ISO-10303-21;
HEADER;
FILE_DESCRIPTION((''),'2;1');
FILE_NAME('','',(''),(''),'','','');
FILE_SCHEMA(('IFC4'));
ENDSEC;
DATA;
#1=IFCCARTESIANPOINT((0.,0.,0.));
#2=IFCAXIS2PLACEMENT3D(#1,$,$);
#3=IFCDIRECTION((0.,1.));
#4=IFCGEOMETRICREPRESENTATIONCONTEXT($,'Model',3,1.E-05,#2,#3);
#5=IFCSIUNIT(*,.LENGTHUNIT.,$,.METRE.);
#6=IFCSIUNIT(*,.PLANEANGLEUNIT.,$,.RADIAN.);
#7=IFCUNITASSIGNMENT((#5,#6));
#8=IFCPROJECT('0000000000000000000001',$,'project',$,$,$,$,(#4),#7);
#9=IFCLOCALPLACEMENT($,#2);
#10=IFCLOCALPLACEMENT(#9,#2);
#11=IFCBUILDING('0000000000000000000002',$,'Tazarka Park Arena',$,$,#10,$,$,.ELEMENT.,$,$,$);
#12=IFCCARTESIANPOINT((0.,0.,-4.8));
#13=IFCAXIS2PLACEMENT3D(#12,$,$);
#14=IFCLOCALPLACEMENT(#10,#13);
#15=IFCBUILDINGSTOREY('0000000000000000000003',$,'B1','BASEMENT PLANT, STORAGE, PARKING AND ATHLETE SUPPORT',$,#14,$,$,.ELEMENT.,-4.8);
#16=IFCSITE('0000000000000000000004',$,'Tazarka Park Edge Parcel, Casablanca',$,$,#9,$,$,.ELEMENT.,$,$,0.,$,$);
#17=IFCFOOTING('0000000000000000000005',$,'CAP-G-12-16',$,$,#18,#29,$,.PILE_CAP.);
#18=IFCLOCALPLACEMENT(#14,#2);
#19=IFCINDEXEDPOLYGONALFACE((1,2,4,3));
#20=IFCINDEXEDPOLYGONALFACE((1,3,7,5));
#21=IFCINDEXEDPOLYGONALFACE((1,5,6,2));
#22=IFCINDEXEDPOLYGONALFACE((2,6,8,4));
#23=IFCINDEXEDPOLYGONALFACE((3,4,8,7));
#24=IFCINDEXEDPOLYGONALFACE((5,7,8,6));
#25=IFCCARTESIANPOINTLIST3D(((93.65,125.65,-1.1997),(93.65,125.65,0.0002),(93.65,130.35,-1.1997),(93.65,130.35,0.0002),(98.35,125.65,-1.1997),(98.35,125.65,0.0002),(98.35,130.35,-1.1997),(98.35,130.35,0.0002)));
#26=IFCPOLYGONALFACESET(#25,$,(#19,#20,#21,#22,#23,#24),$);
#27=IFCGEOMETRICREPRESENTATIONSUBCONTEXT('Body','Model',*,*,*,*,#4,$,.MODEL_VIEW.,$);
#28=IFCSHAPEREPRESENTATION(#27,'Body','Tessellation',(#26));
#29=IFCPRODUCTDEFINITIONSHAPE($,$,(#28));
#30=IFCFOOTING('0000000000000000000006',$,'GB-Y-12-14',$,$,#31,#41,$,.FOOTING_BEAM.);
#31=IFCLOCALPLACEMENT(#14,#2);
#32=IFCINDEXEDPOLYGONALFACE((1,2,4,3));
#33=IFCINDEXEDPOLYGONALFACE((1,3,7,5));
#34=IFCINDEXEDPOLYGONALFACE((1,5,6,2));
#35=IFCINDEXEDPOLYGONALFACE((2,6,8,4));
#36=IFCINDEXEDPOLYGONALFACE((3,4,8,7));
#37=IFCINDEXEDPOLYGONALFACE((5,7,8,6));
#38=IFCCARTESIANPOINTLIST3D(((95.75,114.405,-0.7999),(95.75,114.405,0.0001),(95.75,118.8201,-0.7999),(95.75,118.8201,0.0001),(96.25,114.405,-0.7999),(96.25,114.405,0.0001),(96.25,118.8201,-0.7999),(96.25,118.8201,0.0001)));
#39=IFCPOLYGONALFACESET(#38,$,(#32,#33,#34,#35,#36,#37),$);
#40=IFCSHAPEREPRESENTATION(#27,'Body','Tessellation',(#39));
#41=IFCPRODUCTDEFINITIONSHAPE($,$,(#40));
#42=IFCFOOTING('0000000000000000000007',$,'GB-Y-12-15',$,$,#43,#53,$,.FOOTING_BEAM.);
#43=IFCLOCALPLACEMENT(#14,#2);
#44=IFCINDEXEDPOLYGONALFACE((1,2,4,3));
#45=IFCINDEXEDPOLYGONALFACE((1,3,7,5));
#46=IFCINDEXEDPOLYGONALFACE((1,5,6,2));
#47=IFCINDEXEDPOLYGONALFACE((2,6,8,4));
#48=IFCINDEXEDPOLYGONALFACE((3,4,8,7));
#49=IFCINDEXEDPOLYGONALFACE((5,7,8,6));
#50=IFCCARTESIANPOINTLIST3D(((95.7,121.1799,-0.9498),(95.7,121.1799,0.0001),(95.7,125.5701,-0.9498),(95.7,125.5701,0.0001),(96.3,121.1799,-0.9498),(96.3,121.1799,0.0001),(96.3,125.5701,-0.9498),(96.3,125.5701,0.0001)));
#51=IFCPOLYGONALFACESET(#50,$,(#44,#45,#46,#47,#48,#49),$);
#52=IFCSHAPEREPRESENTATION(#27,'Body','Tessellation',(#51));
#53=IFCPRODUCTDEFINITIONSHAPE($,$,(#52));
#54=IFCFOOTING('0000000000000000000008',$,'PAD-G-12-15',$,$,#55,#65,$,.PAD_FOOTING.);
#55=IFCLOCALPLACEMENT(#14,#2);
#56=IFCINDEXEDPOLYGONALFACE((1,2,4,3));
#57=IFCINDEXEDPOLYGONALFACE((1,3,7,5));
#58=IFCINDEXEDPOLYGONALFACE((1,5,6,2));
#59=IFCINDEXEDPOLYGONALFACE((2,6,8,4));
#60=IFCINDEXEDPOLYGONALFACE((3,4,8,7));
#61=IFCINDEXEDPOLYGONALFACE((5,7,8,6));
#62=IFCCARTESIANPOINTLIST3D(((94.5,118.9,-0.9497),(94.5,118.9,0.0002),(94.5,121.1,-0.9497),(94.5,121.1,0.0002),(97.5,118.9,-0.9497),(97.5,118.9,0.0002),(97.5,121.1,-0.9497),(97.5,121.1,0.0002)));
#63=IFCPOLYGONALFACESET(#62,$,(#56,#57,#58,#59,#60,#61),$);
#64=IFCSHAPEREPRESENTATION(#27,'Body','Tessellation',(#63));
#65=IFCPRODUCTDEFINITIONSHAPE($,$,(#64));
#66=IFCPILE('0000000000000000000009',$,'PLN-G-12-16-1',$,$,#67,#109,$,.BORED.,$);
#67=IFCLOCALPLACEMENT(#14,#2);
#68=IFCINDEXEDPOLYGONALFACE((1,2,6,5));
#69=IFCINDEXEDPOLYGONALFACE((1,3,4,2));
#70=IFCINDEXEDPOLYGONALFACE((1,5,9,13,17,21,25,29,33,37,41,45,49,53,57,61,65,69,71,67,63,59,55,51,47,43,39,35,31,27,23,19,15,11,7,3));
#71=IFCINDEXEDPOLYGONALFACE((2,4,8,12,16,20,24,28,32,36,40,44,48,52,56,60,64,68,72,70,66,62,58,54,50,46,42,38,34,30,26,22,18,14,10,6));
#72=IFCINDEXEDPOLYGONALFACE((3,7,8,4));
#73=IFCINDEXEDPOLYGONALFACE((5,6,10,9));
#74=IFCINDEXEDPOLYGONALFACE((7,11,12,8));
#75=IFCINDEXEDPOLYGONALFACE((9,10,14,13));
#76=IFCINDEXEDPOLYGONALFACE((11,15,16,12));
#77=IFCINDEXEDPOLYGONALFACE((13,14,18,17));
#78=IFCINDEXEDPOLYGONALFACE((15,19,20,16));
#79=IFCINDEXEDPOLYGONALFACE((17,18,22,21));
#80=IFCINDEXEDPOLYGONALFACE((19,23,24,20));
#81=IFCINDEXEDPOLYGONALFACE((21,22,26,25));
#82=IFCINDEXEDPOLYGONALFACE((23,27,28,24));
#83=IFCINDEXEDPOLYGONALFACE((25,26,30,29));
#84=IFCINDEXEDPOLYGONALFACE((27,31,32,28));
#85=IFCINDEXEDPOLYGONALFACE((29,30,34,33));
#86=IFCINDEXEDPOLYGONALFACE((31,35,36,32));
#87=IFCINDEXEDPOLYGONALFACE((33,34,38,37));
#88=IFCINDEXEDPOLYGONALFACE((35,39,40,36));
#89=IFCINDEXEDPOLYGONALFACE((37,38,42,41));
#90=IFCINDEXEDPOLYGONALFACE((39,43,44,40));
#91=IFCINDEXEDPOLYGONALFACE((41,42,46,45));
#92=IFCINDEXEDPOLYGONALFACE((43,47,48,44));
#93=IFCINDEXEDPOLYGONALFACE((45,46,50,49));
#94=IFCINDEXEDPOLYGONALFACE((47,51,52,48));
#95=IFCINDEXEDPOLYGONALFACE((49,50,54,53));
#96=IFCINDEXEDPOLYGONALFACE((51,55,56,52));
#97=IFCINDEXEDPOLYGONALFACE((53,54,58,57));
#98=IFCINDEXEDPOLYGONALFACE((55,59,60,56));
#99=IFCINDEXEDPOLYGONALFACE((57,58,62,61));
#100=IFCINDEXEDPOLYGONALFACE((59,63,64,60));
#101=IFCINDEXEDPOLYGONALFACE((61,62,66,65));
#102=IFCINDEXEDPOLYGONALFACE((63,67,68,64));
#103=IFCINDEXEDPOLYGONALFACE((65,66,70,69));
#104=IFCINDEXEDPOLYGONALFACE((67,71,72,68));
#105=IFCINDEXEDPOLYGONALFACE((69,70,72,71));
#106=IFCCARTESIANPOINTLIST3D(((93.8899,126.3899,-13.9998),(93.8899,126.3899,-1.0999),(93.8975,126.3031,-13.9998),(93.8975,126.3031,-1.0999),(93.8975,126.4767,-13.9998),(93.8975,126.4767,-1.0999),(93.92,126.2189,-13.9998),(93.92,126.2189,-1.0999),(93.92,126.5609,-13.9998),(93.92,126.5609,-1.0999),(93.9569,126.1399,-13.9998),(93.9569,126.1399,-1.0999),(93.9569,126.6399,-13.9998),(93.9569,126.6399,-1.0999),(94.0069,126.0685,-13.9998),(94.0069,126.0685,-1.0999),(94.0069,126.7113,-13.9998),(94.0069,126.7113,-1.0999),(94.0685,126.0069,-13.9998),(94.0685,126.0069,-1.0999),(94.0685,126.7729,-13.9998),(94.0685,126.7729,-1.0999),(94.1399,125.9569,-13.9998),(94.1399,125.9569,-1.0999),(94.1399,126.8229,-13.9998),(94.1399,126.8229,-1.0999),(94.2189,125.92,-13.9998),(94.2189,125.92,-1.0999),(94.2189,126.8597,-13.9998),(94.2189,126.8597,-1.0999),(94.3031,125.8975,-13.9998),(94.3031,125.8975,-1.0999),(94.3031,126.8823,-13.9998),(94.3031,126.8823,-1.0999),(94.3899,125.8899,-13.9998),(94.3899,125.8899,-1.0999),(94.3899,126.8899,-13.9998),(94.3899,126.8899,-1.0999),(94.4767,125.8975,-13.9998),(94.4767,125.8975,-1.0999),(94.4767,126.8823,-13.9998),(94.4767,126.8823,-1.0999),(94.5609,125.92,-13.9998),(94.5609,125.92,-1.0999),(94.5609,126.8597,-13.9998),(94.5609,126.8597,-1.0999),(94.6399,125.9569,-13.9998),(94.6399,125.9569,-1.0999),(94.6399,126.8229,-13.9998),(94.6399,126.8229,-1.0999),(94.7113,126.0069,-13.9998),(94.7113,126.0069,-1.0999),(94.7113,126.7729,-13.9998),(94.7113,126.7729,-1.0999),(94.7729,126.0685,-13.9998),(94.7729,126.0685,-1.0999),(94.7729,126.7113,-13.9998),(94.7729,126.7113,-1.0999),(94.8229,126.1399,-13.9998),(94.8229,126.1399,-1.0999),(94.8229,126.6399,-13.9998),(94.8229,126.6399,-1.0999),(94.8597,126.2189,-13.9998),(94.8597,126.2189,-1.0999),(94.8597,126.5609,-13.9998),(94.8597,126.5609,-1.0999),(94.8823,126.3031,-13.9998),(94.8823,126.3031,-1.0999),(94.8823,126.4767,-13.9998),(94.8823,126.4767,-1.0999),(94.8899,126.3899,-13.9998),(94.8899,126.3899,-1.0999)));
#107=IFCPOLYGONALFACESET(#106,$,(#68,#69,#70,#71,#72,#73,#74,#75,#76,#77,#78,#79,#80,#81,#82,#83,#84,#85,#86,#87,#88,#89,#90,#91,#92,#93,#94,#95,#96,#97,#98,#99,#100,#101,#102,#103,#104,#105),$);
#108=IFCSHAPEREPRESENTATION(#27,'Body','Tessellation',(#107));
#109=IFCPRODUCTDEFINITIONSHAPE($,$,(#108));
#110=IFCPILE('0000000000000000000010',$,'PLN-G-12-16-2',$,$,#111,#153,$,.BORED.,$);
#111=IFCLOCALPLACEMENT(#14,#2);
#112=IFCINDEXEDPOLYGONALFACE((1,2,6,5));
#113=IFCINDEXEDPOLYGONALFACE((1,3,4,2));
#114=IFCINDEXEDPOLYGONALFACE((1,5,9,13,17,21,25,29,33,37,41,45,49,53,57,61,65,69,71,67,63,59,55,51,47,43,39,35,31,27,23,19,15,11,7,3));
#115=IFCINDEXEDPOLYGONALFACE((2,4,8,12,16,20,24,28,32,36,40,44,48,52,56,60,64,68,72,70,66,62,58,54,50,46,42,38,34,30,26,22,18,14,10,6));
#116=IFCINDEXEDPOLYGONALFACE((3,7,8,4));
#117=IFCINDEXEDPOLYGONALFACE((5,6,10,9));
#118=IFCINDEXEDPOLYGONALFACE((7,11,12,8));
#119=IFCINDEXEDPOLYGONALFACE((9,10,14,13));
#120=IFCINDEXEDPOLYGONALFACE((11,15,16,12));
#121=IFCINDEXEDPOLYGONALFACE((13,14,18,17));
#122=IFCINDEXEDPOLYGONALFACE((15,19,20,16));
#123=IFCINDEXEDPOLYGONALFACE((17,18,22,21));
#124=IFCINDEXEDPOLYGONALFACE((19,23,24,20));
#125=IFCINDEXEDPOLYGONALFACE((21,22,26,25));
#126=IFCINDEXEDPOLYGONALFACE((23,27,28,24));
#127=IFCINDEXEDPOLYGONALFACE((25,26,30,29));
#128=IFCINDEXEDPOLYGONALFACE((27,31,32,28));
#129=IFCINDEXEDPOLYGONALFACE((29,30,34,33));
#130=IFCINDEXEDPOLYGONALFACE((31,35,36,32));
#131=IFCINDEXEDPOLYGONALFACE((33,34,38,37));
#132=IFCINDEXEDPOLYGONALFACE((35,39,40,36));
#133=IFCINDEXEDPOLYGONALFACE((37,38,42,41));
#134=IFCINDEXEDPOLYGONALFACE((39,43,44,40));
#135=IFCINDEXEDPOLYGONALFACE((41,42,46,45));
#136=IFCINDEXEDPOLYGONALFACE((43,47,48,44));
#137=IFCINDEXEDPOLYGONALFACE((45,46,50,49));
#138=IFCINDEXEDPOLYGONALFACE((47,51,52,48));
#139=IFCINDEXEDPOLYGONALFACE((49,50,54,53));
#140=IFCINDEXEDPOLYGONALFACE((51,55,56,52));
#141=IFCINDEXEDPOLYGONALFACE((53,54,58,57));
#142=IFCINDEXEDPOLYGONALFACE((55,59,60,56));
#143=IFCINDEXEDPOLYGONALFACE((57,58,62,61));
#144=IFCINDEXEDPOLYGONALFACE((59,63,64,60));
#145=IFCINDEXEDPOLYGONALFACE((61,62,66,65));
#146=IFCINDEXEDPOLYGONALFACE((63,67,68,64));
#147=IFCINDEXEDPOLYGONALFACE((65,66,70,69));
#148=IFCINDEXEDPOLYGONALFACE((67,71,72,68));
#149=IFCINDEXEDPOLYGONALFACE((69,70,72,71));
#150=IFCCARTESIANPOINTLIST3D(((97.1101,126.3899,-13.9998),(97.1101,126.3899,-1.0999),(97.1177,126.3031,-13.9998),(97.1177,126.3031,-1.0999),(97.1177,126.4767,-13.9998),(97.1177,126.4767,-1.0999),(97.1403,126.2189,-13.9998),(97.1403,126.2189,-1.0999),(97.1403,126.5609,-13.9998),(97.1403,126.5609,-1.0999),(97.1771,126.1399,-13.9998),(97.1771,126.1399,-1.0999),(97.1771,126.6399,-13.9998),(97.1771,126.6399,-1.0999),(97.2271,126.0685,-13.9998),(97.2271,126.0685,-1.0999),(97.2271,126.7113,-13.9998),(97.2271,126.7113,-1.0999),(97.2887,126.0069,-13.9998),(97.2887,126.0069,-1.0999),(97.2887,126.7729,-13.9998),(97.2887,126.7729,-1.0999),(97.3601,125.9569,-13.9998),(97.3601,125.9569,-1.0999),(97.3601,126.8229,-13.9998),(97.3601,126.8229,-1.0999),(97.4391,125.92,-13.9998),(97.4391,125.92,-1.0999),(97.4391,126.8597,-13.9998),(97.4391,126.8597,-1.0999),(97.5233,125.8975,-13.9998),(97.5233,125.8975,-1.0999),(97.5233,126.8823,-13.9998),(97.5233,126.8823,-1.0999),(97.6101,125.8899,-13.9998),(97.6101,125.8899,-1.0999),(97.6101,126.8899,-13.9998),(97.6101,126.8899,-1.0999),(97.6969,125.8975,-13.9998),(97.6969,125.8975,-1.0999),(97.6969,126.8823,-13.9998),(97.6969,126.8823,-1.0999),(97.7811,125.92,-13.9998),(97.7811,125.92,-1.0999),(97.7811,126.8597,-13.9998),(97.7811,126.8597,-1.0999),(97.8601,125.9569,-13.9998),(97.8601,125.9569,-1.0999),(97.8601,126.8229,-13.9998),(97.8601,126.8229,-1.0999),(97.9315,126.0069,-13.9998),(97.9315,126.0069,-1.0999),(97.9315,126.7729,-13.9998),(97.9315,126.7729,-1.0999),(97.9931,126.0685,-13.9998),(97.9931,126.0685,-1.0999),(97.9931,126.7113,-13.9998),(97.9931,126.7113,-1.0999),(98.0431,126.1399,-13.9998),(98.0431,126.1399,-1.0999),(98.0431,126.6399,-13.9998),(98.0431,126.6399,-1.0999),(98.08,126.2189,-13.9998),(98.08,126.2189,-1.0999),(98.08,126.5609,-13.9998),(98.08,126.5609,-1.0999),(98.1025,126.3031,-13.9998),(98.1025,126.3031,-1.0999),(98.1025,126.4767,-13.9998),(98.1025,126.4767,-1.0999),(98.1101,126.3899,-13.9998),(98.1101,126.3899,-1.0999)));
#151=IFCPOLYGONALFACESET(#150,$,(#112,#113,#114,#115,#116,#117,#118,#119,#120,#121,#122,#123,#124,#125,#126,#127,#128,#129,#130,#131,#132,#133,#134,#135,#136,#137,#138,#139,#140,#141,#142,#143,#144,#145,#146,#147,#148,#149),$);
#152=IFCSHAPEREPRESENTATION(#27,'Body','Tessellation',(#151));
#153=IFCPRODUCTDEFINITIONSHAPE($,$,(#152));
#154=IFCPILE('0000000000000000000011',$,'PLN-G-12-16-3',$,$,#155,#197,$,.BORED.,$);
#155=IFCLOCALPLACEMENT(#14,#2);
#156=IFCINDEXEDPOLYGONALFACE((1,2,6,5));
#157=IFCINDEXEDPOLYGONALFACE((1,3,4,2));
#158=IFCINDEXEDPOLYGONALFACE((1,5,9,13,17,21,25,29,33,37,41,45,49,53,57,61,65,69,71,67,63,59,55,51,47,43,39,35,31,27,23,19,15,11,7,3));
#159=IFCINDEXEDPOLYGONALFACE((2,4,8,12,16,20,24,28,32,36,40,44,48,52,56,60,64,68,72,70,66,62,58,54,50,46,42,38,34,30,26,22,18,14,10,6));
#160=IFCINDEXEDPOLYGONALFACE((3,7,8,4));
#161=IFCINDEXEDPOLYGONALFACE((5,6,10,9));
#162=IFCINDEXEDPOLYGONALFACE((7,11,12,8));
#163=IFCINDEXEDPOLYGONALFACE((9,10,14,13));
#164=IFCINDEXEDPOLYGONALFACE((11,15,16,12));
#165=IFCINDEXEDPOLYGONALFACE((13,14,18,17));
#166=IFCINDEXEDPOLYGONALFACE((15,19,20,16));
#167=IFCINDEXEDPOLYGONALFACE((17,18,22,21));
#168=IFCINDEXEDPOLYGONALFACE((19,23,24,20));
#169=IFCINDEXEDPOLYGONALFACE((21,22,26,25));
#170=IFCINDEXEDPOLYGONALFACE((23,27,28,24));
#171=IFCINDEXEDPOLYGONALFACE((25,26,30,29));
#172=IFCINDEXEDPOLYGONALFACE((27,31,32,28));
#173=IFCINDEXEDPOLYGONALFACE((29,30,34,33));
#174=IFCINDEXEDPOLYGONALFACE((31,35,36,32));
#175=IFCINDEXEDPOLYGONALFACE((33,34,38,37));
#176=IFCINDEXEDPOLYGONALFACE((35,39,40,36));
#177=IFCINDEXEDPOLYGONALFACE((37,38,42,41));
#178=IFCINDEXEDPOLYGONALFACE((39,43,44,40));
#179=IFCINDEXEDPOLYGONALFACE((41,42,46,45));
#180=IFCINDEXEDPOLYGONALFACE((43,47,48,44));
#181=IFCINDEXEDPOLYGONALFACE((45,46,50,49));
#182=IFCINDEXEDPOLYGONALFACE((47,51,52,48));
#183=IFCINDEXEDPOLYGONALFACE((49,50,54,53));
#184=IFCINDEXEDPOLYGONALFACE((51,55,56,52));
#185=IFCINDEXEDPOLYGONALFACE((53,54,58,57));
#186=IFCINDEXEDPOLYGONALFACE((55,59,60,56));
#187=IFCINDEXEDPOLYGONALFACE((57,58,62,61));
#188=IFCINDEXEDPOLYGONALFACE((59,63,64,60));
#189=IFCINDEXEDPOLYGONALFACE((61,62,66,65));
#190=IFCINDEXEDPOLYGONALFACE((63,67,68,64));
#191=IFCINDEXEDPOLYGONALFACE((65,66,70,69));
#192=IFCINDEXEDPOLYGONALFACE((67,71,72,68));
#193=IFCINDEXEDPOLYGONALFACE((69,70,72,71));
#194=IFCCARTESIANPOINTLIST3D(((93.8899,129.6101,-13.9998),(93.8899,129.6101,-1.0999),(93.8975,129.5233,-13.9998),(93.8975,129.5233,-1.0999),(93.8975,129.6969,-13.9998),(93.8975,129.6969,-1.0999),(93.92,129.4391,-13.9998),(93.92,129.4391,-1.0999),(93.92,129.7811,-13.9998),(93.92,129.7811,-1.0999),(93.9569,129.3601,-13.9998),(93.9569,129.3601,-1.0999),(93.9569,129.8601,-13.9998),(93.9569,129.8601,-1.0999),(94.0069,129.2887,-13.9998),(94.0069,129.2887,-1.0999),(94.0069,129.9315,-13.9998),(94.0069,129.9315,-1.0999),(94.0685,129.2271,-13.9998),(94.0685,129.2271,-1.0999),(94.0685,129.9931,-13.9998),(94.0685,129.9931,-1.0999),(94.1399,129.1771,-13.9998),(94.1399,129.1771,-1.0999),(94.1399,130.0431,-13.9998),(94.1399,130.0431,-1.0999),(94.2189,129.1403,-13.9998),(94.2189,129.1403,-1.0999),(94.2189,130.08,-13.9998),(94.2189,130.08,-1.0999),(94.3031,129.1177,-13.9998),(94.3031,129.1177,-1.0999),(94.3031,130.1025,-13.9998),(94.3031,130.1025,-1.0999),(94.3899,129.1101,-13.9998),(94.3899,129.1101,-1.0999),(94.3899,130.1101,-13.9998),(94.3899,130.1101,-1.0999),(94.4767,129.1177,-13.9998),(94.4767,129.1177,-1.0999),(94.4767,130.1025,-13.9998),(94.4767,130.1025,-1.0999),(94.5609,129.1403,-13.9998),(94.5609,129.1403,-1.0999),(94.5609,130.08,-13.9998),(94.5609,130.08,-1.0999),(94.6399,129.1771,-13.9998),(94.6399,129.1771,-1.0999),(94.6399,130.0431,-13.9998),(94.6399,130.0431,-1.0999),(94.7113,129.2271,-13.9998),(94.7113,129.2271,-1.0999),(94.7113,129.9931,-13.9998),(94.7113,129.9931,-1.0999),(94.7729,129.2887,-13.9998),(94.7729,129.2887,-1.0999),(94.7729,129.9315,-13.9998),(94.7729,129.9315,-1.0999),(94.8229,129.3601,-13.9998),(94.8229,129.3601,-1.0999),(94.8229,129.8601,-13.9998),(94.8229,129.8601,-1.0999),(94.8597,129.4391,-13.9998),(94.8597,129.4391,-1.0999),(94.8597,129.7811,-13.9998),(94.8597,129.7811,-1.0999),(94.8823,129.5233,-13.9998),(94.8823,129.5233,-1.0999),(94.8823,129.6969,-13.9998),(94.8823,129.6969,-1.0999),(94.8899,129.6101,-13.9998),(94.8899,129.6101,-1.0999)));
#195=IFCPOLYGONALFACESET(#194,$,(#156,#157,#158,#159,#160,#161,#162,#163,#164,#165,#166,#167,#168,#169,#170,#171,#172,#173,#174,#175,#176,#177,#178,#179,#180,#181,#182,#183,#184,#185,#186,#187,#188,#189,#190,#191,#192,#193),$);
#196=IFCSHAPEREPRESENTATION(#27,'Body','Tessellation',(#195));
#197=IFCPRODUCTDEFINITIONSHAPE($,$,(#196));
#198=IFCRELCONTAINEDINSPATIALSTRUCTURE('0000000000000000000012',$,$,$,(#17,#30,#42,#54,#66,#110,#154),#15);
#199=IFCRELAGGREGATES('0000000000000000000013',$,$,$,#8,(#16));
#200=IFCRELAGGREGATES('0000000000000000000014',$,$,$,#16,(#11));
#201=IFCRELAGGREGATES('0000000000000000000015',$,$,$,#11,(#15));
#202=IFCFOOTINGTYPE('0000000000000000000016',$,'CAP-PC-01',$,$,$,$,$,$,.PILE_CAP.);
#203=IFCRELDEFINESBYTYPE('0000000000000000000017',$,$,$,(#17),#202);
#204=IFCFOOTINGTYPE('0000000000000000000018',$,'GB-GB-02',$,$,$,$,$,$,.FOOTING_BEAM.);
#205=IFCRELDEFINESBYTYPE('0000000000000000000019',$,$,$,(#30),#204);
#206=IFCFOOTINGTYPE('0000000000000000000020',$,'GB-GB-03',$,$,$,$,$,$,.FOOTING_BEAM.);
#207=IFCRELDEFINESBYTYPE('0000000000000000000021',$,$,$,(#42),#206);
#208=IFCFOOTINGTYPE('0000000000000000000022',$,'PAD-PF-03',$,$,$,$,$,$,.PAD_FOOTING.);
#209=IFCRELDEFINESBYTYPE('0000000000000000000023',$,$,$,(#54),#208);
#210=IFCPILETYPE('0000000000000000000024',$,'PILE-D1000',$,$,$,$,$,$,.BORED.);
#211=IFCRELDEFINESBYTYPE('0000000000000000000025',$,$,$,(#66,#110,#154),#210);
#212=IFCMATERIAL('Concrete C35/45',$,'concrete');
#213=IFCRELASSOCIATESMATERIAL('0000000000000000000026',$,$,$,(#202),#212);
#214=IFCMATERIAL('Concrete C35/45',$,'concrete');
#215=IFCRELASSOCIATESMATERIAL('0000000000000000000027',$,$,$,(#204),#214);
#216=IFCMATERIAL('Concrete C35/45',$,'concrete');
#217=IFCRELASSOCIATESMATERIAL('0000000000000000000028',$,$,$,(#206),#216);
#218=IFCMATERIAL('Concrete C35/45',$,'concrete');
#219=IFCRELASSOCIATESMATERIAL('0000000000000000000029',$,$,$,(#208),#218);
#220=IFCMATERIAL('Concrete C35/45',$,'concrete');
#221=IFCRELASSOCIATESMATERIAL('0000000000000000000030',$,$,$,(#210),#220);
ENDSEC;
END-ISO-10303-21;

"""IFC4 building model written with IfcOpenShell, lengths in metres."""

from ifc_helpers import new_model, si_unit, direction, frame, origin, origin_2d, place, context, subcontext, project, spatial, rectangle, circle, extrude, material, material_profile, profile_set, type_object, element, save


model = new_model("IFC4")

# Units and contexts
model_context = context("Model", 3, precision=1e-05, world=origin(), true_north=direction((0.0, 1.0)))
body_context = subcontext(model_context, "Body", "Model", "MODEL_VIEW")
ifc_project = project(units=[si_unit("LENGTHUNIT", "METRE"), si_unit("PLANEANGLEUNIT", "RADIAN")], contexts=[model_context])

# Site, building, storey
site_placement = place(None, origin())
site = spatial("IfcSite", under=ifc_project, at=site_placement, Name="Tazarka Park Edge Parcel, Casablanca", CompositionType="ELEMENT", RefElevation=0.0)
building_placement = place(site_placement, origin())
building = spatial("IfcBuilding", under=site, at=building_placement, Name="Tazarka Park Arena", CompositionType="ELEMENT")
storey_placement = place(building_placement, frame((0.0, 0.0, -4.8)))
storey = spatial("IfcBuildingStorey", under=building, at=storey_placement, Name="B1", Description="BASEMENT PLANT, STORAGE, PARKING AND ATHLETE SUPPORT", CompositionType="ELEMENT", Elevation=-4.8)

# Footings
ifc_material_1 = material(Name="Concrete C35/45", Category="concrete")
footing_type_1 = type_object("IfcFootingType", Name="CAP-PC-01", PredefinedType="PILE_CAP", material=ifc_material_1)
footing_1_placement = place(storey_placement, frame((96.0, 128.0, -1.1997), z_axis=(0.0, 0.0, 1.0), x_axis=(1.0, 0.0, 0.0)))
element("IfcFooting", 1, at=footing_1_placement, inside=storey, type_object=footing_type_1, Name="CAP-G-12-16", PredefinedType="PILE_CAP", context=body_context, shape_type="SweptSolid", body=[
    extrude(rectangle(XDim=4.7, YDim=4.7, at=origin_2d()), origin(), (0.0, 0.0, 1.0), 1.2),
])
ifc_material_2 = material(Name="Concrete C35/45", Category="concrete")
ifc_material_profile_1 = material_profile(ifc_material_2, rectangle(XDim=0.5, YDim=0.8, at=origin_2d()), Name="Concrete C35/45")
ifc_profile_set_1 = profile_set([ifc_material_profile_1], Name="Concrete C35/45")
footing_type_2 = type_object("IfcFootingType", Name="GB-GB-02", PredefinedType="FOOTING_BEAM", material=ifc_profile_set_1)
footing_2_placement = place(storey_placement, frame((96.0, 114.405, -0.3999), z_axis=(0.0, 1.0, 0.0), x_axis=(-1.0, 0.0, 0.0)))
element("IfcFooting", 2, at=footing_2_placement, inside=storey, type_object=footing_type_2, Name="GB-Y-12-14", PredefinedType="FOOTING_BEAM", context=body_context, shape_type="SweptSolid", body=[
    extrude(rectangle(XDim=0.5, YDim=0.8, at=origin_2d()), origin(), (0.0, 0.0, 1.0), 4.415),
])
ifc_material_3 = material(Name="Concrete C35/45", Category="concrete")
ifc_material_profile_2 = material_profile(ifc_material_3, rectangle(XDim=0.6001, YDim=0.95, at=origin_2d()), Name="Concrete C35/45")
ifc_profile_set_2 = profile_set([ifc_material_profile_2], Name="Concrete C35/45")
footing_type_3 = type_object("IfcFootingType", Name="GB-GB-03", PredefinedType="FOOTING_BEAM", material=ifc_profile_set_2)
footing_3_placement = place(storey_placement, frame((96.0, 121.1799, -0.4749), z_axis=(0.0, 1.0, 0.0), x_axis=(-1.0, 0.0, 0.0)))
element("IfcFooting", 3, at=footing_3_placement, inside=storey, type_object=footing_type_3, Name="GB-Y-12-15", PredefinedType="FOOTING_BEAM", context=body_context, shape_type="SweptSolid", body=[
    extrude(rectangle(XDim=0.6001, YDim=0.95, at=origin_2d()), origin(), (0.0, 0.0, 1.0), 4.3901),
])
ifc_material_4 = material(Name="Concrete C35/45", Category="concrete")
footing_type_4 = type_object("IfcFootingType", Name="PAD-PF-03", PredefinedType="PAD_FOOTING", material=ifc_material_4)
footing_4_placement = place(storey_placement, frame((96.0, 120.0, -0.9497), z_axis=(0.0, 0.0, 1.0), x_axis=(1.0, 0.0, 0.0)))
element("IfcFooting", 4, at=footing_4_placement, inside=storey, type_object=footing_type_4, Name="PAD-G-12-15", PredefinedType="PAD_FOOTING", context=body_context, shape_type="SweptSolid", body=[
    extrude(rectangle(XDim=3.0, YDim=2.2, at=origin_2d()), origin(), (0.0, 0.0, 1.0), 0.95),
])

# Piles
ifc_material_5 = material(Name="Concrete C35/45", Category="concrete")
ifc_material_profile_3 = material_profile(ifc_material_5, circle(Radius=0.5, at=origin_2d()), Name="Concrete C35/45")
ifc_profile_set_3 = profile_set([ifc_material_profile_3], Name="Concrete C35/45")
pile_type = type_object("IfcPileType", Name="PILE-D1000", PredefinedType="BORED", material=ifc_profile_set_3)
for number, where, z_axis, x_axis, name in (
    (5, (94.3899, 126.3899, -1.0999), (0.0, 0.0, -1.0), (1.0, 0.0, 0.0), "PLN-G-12-16-1"),
    (6, (97.6101, 126.3899, -1.0999), (0.0, 0.0, -1.0), (1.0, 0.0, 0.0), "PLN-G-12-16-2"),
    (7, (94.3899, 129.6101, -1.0999), (0.0, 0.0, -1.0), (1.0, 0.0, 0.0), "PLN-G-12-16-3"),
):
    element("IfcPile", number, at=place(storey_placement, frame(where, z_axis=z_axis, x_axis=x_axis)), inside=storey, type_object=pile_type, Name=name, PredefinedType="BORED", context=body_context, shape_type="SweptSolid", body=[
        extrude(circle(Radius=0.5, at=origin_2d()), origin(), (0.0, 0.0, 1.0), 12.8999),
    ])

save(model, "model.ifc")
